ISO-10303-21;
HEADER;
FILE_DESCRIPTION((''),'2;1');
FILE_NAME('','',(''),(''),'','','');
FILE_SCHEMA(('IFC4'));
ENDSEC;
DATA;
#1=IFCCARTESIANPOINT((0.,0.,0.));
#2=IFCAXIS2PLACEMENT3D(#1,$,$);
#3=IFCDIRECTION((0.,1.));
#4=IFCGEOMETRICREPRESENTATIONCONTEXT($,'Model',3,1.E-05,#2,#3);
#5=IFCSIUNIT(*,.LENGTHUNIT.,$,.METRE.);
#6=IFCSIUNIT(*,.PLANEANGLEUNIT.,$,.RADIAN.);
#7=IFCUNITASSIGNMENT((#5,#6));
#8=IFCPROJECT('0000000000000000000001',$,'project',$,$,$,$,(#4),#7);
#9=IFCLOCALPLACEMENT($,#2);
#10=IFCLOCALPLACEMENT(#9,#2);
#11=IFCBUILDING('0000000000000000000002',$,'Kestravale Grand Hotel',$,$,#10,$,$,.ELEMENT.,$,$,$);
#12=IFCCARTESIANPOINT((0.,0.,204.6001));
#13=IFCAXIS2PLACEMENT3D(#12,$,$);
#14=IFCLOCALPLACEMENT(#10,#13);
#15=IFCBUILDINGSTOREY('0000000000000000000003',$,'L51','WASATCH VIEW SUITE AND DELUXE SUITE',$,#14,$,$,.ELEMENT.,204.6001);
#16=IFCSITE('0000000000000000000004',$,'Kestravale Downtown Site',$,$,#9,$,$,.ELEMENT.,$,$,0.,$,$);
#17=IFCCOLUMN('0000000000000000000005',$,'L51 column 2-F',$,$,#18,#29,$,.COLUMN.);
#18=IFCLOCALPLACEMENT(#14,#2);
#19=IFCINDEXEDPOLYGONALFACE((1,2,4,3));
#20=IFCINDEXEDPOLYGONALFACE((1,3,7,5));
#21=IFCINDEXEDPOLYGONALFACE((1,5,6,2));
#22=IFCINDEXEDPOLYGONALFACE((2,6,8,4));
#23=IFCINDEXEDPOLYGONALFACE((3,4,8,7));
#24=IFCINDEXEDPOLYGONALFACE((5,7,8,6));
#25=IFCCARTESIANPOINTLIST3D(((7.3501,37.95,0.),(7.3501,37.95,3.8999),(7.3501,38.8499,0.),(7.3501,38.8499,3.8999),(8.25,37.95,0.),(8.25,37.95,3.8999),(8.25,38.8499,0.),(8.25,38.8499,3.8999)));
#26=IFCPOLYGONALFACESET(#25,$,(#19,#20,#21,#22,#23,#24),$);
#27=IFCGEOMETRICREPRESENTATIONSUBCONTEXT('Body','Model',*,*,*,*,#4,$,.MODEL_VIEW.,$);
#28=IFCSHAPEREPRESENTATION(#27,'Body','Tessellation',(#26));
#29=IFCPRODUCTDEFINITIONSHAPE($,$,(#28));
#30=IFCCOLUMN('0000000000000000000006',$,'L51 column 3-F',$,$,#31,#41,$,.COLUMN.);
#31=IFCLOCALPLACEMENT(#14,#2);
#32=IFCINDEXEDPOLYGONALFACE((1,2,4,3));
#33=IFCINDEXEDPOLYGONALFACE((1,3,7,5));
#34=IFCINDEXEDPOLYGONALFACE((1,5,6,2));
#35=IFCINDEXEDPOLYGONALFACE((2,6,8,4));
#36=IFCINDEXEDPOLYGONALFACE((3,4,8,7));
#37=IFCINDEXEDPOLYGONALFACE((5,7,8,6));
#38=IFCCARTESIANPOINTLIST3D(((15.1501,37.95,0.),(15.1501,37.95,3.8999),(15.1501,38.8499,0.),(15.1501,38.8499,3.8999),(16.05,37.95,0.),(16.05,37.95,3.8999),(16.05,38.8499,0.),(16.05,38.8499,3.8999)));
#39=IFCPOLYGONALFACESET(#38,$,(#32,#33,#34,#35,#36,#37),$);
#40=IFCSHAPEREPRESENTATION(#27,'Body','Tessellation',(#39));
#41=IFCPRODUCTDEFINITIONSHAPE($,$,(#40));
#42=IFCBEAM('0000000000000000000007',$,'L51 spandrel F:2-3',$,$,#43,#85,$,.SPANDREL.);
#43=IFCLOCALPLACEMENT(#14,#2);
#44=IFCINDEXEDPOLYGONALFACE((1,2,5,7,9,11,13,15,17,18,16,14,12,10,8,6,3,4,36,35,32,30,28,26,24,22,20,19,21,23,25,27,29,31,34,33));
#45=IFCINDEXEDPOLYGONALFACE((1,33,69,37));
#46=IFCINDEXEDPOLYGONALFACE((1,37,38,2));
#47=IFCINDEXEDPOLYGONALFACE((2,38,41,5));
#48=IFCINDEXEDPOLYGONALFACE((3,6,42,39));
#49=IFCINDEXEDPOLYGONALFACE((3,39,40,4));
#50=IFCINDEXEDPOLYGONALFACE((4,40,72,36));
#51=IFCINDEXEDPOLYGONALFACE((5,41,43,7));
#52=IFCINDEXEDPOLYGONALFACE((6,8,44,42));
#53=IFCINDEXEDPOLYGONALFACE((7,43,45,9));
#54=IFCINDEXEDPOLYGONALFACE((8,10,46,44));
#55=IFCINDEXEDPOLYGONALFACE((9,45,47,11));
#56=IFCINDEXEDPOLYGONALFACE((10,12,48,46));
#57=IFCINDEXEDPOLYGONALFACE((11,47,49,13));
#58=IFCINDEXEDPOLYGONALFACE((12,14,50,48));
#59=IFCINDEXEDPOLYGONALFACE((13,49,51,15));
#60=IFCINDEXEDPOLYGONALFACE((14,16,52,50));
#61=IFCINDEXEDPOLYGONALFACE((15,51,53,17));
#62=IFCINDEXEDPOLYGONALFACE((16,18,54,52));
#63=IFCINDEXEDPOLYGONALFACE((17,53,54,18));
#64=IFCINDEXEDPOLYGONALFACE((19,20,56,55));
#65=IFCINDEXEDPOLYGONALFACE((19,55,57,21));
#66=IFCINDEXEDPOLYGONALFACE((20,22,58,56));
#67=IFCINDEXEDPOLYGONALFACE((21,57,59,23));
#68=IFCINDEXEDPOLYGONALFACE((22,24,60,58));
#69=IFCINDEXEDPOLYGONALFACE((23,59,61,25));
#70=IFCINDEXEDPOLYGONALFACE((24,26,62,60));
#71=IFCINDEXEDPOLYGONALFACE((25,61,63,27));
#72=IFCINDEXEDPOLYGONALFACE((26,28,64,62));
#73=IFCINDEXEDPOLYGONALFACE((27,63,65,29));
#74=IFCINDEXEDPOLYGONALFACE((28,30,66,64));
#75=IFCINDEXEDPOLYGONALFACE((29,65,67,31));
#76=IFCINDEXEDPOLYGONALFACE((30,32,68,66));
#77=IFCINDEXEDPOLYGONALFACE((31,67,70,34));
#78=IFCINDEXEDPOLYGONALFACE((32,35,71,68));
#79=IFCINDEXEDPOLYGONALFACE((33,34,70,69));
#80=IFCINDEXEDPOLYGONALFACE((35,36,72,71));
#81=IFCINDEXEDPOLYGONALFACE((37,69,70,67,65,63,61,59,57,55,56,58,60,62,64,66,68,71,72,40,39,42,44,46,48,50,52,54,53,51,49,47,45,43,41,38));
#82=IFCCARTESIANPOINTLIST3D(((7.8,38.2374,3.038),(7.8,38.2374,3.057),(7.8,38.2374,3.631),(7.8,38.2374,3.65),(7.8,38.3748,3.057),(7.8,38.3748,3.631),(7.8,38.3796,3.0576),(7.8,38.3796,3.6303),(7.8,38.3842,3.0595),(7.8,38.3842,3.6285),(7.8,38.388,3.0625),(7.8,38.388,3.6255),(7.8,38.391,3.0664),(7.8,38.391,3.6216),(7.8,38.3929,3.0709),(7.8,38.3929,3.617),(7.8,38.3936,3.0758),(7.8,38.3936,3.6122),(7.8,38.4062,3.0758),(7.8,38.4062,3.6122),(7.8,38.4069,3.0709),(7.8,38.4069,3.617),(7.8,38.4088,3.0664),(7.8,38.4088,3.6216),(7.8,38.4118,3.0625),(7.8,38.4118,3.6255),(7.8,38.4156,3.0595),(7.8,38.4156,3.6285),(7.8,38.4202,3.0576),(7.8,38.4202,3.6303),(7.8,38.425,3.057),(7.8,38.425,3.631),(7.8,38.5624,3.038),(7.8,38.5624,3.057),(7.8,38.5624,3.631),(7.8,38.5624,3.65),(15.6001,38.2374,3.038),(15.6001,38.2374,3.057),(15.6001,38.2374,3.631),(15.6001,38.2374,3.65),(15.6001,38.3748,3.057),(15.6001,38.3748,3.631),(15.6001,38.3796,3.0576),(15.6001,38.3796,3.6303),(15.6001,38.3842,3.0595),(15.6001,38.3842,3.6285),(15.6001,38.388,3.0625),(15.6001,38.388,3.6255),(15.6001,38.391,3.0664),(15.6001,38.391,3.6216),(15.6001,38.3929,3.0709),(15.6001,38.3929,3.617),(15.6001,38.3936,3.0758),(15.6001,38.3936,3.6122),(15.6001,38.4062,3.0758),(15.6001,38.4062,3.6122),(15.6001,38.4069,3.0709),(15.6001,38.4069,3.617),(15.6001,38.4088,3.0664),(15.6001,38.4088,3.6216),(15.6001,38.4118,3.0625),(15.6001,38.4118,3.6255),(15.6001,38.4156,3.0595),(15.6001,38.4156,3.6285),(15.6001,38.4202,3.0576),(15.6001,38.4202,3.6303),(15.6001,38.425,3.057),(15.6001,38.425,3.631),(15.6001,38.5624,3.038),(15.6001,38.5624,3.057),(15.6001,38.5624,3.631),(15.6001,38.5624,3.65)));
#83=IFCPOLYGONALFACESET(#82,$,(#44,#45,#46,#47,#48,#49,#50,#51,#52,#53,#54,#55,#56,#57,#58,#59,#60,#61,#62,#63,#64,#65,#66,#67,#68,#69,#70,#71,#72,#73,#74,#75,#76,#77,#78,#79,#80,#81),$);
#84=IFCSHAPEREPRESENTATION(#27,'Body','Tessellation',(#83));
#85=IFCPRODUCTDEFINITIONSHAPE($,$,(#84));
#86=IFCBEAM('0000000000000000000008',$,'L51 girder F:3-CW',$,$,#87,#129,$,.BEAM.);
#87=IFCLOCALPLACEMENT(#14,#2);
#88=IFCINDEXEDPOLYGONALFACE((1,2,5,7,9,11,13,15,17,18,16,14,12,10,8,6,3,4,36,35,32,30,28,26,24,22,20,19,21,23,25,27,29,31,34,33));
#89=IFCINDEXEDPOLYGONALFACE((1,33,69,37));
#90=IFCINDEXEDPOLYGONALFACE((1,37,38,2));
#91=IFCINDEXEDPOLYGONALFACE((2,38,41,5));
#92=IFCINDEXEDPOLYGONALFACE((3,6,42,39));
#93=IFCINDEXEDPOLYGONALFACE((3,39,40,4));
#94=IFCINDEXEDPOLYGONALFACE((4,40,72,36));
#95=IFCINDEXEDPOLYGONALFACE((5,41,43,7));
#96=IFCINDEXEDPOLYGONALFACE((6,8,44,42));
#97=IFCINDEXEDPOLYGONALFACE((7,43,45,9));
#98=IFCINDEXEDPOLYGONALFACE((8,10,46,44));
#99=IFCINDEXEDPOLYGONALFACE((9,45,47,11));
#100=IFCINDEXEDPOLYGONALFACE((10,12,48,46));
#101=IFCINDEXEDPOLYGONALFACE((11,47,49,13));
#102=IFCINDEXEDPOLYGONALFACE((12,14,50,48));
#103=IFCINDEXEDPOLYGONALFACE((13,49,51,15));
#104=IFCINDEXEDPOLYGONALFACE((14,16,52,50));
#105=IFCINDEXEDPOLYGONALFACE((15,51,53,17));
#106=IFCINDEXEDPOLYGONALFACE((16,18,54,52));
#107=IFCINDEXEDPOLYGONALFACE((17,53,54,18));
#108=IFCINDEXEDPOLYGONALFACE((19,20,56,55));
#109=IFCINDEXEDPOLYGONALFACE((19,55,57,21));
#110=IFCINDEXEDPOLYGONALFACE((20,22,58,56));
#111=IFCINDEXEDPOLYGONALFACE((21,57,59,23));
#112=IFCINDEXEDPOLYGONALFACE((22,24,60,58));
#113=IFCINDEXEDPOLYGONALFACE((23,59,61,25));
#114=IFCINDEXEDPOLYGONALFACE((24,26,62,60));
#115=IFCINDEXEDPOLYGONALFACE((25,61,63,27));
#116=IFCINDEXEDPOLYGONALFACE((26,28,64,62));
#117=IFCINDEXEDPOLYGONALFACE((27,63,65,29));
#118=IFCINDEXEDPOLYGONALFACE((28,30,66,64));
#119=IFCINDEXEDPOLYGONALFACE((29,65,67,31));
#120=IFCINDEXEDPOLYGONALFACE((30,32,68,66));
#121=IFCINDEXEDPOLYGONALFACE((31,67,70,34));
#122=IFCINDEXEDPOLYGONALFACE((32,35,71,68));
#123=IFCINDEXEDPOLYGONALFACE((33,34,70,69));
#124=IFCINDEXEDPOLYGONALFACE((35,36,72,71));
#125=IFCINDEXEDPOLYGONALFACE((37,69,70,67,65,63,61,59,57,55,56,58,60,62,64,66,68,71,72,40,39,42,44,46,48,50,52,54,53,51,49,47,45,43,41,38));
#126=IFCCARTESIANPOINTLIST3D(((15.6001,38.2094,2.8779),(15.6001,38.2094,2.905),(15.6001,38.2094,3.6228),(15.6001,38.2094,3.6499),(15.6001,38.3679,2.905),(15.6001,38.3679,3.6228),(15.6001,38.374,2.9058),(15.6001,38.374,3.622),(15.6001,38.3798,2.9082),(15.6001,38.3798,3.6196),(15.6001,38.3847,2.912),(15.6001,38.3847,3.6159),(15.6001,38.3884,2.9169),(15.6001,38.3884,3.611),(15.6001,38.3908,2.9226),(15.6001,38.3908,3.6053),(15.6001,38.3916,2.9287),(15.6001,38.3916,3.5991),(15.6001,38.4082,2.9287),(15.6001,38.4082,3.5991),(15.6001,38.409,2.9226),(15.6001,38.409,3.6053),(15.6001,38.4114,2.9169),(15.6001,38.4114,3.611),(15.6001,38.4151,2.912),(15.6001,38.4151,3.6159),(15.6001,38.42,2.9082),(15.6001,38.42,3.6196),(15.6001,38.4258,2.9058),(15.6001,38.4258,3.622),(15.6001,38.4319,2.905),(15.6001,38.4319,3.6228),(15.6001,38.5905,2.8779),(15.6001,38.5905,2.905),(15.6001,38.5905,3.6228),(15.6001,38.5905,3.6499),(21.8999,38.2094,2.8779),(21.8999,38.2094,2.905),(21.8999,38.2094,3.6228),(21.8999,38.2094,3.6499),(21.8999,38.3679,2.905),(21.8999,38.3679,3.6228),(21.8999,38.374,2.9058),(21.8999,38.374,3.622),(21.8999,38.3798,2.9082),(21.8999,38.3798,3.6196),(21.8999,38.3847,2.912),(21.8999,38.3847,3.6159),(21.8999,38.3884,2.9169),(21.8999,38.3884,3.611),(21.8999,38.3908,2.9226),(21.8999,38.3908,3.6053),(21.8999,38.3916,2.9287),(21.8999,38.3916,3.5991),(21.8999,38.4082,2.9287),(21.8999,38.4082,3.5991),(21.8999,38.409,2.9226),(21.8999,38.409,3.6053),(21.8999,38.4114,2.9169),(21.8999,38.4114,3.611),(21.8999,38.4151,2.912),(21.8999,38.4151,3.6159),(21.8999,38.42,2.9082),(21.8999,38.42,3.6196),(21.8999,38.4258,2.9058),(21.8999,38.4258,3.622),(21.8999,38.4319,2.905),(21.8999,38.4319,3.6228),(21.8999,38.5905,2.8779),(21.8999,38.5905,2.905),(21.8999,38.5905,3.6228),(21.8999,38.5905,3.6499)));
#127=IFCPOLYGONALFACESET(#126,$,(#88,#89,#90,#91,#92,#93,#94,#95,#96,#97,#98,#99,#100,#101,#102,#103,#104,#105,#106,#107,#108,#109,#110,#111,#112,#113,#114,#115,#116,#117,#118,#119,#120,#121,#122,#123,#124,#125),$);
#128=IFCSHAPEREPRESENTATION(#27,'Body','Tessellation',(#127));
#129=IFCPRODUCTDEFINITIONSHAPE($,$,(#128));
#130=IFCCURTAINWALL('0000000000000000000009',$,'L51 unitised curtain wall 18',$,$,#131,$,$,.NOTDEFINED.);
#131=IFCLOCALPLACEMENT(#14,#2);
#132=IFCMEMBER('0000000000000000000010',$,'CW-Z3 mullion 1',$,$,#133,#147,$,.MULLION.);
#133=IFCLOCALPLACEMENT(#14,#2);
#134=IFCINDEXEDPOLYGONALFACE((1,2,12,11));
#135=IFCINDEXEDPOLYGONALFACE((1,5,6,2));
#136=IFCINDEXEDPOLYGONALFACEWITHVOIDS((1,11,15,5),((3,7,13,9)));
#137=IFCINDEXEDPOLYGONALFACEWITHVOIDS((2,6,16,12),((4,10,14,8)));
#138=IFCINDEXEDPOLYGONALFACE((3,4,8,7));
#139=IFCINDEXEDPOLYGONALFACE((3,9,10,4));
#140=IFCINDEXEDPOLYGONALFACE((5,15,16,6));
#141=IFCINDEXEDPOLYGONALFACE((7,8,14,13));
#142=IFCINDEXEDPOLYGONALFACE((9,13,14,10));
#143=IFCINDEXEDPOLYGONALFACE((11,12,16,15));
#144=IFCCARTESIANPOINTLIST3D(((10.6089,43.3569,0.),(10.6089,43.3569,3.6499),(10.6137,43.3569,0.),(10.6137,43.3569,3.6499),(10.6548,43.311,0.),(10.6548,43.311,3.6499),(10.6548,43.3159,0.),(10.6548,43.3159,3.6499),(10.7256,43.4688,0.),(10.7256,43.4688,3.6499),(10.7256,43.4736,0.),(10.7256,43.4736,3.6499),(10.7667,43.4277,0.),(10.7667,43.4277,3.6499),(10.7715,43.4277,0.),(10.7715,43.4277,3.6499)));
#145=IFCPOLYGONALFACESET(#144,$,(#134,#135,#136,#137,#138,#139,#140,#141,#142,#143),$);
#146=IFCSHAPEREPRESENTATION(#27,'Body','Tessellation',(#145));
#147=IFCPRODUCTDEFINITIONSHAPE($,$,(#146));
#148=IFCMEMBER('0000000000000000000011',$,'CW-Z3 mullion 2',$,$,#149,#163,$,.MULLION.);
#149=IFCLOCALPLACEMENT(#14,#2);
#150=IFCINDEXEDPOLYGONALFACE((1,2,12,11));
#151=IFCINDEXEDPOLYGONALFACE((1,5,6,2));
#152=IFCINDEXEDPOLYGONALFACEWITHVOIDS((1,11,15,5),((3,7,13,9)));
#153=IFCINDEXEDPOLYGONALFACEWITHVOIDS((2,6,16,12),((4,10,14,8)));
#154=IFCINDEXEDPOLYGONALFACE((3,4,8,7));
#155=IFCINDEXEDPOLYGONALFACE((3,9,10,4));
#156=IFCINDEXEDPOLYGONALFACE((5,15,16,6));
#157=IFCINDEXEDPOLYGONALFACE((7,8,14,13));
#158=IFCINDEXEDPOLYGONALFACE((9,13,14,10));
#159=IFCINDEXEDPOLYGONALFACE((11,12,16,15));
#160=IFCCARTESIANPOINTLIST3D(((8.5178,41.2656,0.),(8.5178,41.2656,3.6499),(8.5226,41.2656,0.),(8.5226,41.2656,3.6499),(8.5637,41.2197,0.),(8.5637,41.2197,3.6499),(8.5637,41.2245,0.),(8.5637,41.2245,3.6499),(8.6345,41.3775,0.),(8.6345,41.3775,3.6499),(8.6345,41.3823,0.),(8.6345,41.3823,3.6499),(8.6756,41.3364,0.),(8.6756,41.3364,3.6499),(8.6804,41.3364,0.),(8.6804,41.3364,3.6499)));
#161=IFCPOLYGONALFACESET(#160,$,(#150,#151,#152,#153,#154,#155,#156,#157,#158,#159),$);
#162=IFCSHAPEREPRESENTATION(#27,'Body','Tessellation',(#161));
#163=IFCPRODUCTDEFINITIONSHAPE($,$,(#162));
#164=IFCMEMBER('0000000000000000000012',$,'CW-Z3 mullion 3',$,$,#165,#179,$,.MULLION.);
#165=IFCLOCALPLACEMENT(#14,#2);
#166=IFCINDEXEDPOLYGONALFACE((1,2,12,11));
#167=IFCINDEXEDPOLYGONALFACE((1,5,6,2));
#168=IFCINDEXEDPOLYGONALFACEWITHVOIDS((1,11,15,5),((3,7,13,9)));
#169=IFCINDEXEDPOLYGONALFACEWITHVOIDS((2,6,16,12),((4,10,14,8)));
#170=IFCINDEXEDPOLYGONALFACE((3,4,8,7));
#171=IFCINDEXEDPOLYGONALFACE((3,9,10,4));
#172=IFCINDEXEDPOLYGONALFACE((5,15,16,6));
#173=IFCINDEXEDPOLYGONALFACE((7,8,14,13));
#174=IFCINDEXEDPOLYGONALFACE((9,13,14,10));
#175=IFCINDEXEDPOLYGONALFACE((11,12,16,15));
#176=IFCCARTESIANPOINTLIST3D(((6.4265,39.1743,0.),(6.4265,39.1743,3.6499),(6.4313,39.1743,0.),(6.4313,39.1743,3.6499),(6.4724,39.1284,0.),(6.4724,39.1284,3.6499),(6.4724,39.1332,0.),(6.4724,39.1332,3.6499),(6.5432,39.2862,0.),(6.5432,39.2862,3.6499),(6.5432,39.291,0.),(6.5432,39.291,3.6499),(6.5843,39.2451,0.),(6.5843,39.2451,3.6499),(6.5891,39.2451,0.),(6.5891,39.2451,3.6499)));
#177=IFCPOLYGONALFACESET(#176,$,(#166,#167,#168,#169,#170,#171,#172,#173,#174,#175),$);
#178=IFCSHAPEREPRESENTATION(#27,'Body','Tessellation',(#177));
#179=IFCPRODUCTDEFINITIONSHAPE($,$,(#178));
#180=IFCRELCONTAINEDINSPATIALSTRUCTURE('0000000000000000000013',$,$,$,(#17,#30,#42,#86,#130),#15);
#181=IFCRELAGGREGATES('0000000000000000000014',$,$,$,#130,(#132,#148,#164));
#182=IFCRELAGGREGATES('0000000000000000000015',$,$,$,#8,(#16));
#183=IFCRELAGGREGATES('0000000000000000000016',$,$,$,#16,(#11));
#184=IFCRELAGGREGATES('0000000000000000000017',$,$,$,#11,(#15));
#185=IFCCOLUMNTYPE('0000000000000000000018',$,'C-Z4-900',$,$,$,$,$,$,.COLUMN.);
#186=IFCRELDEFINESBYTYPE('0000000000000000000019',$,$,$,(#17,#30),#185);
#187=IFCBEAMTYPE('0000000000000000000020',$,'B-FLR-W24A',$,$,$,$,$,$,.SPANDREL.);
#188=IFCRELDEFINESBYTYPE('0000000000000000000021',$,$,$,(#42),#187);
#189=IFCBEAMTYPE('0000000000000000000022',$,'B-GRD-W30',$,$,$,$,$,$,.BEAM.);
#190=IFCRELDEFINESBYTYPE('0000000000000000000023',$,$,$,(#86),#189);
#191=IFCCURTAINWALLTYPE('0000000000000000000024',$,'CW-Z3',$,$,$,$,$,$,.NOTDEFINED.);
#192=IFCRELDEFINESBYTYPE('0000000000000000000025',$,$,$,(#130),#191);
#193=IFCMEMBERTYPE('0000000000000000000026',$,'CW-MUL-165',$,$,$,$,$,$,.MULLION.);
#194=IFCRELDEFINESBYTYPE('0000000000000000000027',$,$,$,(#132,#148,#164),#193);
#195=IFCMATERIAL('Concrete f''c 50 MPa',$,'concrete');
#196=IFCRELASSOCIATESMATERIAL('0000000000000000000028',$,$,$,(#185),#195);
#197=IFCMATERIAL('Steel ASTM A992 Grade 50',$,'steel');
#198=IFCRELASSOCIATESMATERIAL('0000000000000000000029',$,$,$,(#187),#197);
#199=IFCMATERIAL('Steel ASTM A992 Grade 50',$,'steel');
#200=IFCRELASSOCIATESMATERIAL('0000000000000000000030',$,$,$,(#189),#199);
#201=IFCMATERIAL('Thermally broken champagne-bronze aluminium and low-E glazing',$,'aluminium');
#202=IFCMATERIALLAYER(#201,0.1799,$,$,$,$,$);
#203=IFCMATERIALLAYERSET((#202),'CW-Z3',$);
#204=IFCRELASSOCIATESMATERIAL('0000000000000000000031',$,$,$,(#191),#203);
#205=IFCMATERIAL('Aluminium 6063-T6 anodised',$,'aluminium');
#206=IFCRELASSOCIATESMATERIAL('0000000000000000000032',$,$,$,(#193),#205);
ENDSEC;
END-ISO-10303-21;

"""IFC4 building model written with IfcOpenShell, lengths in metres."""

from ifc_helpers import new_model, si_unit, direction, frame, origin, origin_2d, place, context, subcontext, project, spatial, rectangle, hollow_rectangle, i_section, extrude, material, layer, layer_set, material_profile, profile_set, type_object, element, aggregate, save


model = new_model("IFC4")

# Units and contexts
model_context = context("Model", 3, precision=1e-05, world=origin(), true_north=direction((0.0, 1.0)))
body_context = subcontext(model_context, "Body", "Model", "MODEL_VIEW")
ifc_project = project(units=[si_unit("LENGTHUNIT", "METRE"), si_unit("PLANEANGLEUNIT", "RADIAN")], contexts=[model_context])

# Site, building, storey
site_placement = place(None, origin())
site = spatial("IfcSite", under=ifc_project, at=site_placement, Name="Kestravale Downtown Site", CompositionType="ELEMENT", RefElevation=0.0)
building_placement = place(site_placement, origin())
building = spatial("IfcBuilding", under=site, at=building_placement, Name="Kestravale Grand Hotel", CompositionType="ELEMENT")
storey_placement = place(building_placement, frame((0.0, 0.0, 204.6001)))
storey = spatial("IfcBuildingStorey", under=building, at=storey_placement, Name="L51", Description="WASATCH VIEW SUITE AND DELUXE SUITE", CompositionType="ELEMENT", Elevation=204.6001)

# Columns
ifc_material_1 = material(Name="Concrete f'c 50 MPa", Category="concrete")
ifc_material_profile_1 = material_profile(ifc_material_1, rectangle(XDim=0.8999, YDim=0.8999, at=origin_2d()))
ifc_profile_set_1 = profile_set([ifc_material_profile_1], Name="Concrete f'c 50 MPa")
column_type = type_object("IfcColumnType", Name="C-Z4-900", PredefinedType="COLUMN", material=ifc_profile_set_1)
for number, where, z_axis, x_axis, name in (
    (1, (7.8, 38.3999, 0.0), (0.0, 0.0, 1.0), (1.0, 0.0, 0.0), "L51 column 2-F"),
    (2, (15.6001, 38.3999, 0.0), (0.0, 0.0, 1.0), (1.0, 0.0, 0.0), "L51 column 3-F"),
):
    element("IfcColumn", number, at=place(storey_placement, frame(where, z_axis=z_axis, x_axis=x_axis)), inside=storey, type_object=column_type, Name=name, PredefinedType="COLUMN", context=body_context, shape_type="SweptSolid", body=[
        extrude(rectangle(XDim=0.8999, YDim=0.8999, at=origin_2d()), origin(), (0.0, 0.0, 1.0), 3.8999),
    ])

# Beams
ifc_material_2 = material(Name="Steel ASTM A992 Grade 50", Category="steel")
ifc_material_profile_2 = material_profile(ifc_material_2, i_section(OverallWidth=0.325, OverallDepth=0.6121, WebThickness=0.0127, FlangeThickness=0.019, FilletRadius=0.0188, at=origin_2d()))
ifc_profile_set_2 = profile_set([ifc_material_profile_2], Name="Steel ASTM A992 Grade 50")
beam_type_1 = type_object("IfcBeamType", Name="B-FLR-W24A", PredefinedType="SPANDREL", material=ifc_profile_set_2)
beam_1_placement = place(storey_placement, frame((7.8, 38.3999, 3.344), z_axis=(1.0, 0.0, 0.0), x_axis=(0.0, 1.0, 0.0)))
element("IfcBeam", 3, at=beam_1_placement, inside=storey, type_object=beam_type_1, Name="L51 spandrel F:2-3", PredefinedType="SPANDREL", context=body_context, shape_type="SweptSolid", body=[
    extrude(i_section(OverallWidth=0.325, OverallDepth=0.6121, WebThickness=0.0127, FlangeThickness=0.019, FilletRadius=0.0188, at=origin_2d()), origin(), (0.0, 0.0, 1.0), 7.8),
])
ifc_material_3 = material(Name="Steel ASTM A992 Grade 50", Category="steel")
ifc_material_profile_3 = material_profile(ifc_material_3, i_section(OverallWidth=0.3811, OverallDepth=0.772, WebThickness=0.0166, FlangeThickness=0.0271, FilletRadius=0.0237, at=origin_2d()))
ifc_profile_set_3 = profile_set([ifc_material_profile_3], Name="Steel ASTM A992 Grade 50")
beam_type_2 = type_object("IfcBeamType", Name="B-GRD-W30", PredefinedType="BEAM", material=ifc_profile_set_3)
beam_2_placement = place(storey_placement, frame((15.6001, 38.3999, 3.2639), z_axis=(1.0, 0.0, 0.0), x_axis=(0.0, 1.0, 0.0)))
element("IfcBeam", 4, at=beam_2_placement, inside=storey, type_object=beam_type_2, Name="L51 girder F:3-CW", PredefinedType="BEAM", context=body_context, shape_type="SweptSolid", body=[
    extrude(i_section(OverallWidth=0.3811, OverallDepth=0.772, WebThickness=0.0166, FlangeThickness=0.0271, FilletRadius=0.0237, at=origin_2d()), origin(), (0.0, 0.0, 1.0), 6.2998),
])

# Curtain wall, members
ifc_material_4 = material(Name="Thermally broken champagne-bronze aluminium and low-E glazing", Category="aluminium")
ifc_layer_1 = layer(ifc_material_4, 0.1799)
ifc_layer_set_1 = layer_set([ifc_layer_1], Name="CW-Z3")
curtain_wall_type = type_object("IfcCurtainWallType", Name="CW-Z3", PredefinedType="NOTDEFINED", material=ifc_layer_set_1)
curtain_wall_placement = place(storey_placement, origin())
curtain_wall = element("IfcCurtainWall", 5, at=curtain_wall_placement, inside=storey, type_object=curtain_wall_type, Name="L51 unitised curtain wall 18", PredefinedType="NOTDEFINED")
ifc_material_5 = material(Name="Aluminium 6063-T6 anodised", Category="aluminium")
ifc_material_profile_4 = material_profile(ifc_material_5, hollow_rectangle(XDim=0.0649, YDim=0.165, WallThickness=0.0034, at=origin_2d()))
ifc_profile_set_4 = profile_set([ifc_material_profile_4], Name="Aluminium 6063-T6 anodised")
member_type_1 = type_object("IfcMemberType", Name="CW-MUL-165", PredefinedType="MULLION", material=ifc_profile_set_4)
member_1_placement = place(storey_placement, frame((10.6902, 43.3923, 0.0), z_axis=(0.0, 0.0, 1.0), x_axis=(0.707107, -0.707107, 0.0)))
member_1 = element("IfcMember", 6, at=member_1_placement, type_object=member_type_1, Name="CW-Z3 mullion 1", PredefinedType="MULLION", context=body_context, shape_type="SweptSolid", body=[
    extrude(hollow_rectangle(XDim=0.0649, YDim=0.165, WallThickness=0.0034, at=origin_2d()), origin(), (0.0, 0.0, 1.0), 3.6499),
])
member_2_placement = place(storey_placement, frame((8.5991, 41.301, 0.0), z_axis=(0.0, 0.0, 1.0), x_axis=(0.707107, -0.707107, 0.0)))
member_2 = element("IfcMember", 7, at=member_2_placement, type_object=member_type_1, Name="CW-Z3 mullion 2", PredefinedType="MULLION", context=body_context, shape_type="SweptSolid", body=[
    extrude(hollow_rectangle(XDim=0.0649, YDim=0.165, WallThickness=0.0034, at=origin_2d()), origin(), (0.0, 0.0, 1.0), 3.6499),
])
member_3_placement = place(storey_placement, frame((6.5078, 39.2097, 0.0), z_axis=(0.0, 0.0, 1.0), x_axis=(0.707107, -0.707107, 0.0)))
member_3 = element("IfcMember", 8, at=member_3_placement, type_object=member_type_1, Name="CW-Z3 mullion 3", PredefinedType="MULLION", context=body_context, shape_type="SweptSolid", body=[
    extrude(hollow_rectangle(XDim=0.0649, YDim=0.165, WallThickness=0.0034, at=origin_2d()), origin(), (0.0, 0.0, 1.0), 3.6499),
])
aggregate(curtain_wall, [member_1, member_2, member_3])

save(model, "model.ifc")
